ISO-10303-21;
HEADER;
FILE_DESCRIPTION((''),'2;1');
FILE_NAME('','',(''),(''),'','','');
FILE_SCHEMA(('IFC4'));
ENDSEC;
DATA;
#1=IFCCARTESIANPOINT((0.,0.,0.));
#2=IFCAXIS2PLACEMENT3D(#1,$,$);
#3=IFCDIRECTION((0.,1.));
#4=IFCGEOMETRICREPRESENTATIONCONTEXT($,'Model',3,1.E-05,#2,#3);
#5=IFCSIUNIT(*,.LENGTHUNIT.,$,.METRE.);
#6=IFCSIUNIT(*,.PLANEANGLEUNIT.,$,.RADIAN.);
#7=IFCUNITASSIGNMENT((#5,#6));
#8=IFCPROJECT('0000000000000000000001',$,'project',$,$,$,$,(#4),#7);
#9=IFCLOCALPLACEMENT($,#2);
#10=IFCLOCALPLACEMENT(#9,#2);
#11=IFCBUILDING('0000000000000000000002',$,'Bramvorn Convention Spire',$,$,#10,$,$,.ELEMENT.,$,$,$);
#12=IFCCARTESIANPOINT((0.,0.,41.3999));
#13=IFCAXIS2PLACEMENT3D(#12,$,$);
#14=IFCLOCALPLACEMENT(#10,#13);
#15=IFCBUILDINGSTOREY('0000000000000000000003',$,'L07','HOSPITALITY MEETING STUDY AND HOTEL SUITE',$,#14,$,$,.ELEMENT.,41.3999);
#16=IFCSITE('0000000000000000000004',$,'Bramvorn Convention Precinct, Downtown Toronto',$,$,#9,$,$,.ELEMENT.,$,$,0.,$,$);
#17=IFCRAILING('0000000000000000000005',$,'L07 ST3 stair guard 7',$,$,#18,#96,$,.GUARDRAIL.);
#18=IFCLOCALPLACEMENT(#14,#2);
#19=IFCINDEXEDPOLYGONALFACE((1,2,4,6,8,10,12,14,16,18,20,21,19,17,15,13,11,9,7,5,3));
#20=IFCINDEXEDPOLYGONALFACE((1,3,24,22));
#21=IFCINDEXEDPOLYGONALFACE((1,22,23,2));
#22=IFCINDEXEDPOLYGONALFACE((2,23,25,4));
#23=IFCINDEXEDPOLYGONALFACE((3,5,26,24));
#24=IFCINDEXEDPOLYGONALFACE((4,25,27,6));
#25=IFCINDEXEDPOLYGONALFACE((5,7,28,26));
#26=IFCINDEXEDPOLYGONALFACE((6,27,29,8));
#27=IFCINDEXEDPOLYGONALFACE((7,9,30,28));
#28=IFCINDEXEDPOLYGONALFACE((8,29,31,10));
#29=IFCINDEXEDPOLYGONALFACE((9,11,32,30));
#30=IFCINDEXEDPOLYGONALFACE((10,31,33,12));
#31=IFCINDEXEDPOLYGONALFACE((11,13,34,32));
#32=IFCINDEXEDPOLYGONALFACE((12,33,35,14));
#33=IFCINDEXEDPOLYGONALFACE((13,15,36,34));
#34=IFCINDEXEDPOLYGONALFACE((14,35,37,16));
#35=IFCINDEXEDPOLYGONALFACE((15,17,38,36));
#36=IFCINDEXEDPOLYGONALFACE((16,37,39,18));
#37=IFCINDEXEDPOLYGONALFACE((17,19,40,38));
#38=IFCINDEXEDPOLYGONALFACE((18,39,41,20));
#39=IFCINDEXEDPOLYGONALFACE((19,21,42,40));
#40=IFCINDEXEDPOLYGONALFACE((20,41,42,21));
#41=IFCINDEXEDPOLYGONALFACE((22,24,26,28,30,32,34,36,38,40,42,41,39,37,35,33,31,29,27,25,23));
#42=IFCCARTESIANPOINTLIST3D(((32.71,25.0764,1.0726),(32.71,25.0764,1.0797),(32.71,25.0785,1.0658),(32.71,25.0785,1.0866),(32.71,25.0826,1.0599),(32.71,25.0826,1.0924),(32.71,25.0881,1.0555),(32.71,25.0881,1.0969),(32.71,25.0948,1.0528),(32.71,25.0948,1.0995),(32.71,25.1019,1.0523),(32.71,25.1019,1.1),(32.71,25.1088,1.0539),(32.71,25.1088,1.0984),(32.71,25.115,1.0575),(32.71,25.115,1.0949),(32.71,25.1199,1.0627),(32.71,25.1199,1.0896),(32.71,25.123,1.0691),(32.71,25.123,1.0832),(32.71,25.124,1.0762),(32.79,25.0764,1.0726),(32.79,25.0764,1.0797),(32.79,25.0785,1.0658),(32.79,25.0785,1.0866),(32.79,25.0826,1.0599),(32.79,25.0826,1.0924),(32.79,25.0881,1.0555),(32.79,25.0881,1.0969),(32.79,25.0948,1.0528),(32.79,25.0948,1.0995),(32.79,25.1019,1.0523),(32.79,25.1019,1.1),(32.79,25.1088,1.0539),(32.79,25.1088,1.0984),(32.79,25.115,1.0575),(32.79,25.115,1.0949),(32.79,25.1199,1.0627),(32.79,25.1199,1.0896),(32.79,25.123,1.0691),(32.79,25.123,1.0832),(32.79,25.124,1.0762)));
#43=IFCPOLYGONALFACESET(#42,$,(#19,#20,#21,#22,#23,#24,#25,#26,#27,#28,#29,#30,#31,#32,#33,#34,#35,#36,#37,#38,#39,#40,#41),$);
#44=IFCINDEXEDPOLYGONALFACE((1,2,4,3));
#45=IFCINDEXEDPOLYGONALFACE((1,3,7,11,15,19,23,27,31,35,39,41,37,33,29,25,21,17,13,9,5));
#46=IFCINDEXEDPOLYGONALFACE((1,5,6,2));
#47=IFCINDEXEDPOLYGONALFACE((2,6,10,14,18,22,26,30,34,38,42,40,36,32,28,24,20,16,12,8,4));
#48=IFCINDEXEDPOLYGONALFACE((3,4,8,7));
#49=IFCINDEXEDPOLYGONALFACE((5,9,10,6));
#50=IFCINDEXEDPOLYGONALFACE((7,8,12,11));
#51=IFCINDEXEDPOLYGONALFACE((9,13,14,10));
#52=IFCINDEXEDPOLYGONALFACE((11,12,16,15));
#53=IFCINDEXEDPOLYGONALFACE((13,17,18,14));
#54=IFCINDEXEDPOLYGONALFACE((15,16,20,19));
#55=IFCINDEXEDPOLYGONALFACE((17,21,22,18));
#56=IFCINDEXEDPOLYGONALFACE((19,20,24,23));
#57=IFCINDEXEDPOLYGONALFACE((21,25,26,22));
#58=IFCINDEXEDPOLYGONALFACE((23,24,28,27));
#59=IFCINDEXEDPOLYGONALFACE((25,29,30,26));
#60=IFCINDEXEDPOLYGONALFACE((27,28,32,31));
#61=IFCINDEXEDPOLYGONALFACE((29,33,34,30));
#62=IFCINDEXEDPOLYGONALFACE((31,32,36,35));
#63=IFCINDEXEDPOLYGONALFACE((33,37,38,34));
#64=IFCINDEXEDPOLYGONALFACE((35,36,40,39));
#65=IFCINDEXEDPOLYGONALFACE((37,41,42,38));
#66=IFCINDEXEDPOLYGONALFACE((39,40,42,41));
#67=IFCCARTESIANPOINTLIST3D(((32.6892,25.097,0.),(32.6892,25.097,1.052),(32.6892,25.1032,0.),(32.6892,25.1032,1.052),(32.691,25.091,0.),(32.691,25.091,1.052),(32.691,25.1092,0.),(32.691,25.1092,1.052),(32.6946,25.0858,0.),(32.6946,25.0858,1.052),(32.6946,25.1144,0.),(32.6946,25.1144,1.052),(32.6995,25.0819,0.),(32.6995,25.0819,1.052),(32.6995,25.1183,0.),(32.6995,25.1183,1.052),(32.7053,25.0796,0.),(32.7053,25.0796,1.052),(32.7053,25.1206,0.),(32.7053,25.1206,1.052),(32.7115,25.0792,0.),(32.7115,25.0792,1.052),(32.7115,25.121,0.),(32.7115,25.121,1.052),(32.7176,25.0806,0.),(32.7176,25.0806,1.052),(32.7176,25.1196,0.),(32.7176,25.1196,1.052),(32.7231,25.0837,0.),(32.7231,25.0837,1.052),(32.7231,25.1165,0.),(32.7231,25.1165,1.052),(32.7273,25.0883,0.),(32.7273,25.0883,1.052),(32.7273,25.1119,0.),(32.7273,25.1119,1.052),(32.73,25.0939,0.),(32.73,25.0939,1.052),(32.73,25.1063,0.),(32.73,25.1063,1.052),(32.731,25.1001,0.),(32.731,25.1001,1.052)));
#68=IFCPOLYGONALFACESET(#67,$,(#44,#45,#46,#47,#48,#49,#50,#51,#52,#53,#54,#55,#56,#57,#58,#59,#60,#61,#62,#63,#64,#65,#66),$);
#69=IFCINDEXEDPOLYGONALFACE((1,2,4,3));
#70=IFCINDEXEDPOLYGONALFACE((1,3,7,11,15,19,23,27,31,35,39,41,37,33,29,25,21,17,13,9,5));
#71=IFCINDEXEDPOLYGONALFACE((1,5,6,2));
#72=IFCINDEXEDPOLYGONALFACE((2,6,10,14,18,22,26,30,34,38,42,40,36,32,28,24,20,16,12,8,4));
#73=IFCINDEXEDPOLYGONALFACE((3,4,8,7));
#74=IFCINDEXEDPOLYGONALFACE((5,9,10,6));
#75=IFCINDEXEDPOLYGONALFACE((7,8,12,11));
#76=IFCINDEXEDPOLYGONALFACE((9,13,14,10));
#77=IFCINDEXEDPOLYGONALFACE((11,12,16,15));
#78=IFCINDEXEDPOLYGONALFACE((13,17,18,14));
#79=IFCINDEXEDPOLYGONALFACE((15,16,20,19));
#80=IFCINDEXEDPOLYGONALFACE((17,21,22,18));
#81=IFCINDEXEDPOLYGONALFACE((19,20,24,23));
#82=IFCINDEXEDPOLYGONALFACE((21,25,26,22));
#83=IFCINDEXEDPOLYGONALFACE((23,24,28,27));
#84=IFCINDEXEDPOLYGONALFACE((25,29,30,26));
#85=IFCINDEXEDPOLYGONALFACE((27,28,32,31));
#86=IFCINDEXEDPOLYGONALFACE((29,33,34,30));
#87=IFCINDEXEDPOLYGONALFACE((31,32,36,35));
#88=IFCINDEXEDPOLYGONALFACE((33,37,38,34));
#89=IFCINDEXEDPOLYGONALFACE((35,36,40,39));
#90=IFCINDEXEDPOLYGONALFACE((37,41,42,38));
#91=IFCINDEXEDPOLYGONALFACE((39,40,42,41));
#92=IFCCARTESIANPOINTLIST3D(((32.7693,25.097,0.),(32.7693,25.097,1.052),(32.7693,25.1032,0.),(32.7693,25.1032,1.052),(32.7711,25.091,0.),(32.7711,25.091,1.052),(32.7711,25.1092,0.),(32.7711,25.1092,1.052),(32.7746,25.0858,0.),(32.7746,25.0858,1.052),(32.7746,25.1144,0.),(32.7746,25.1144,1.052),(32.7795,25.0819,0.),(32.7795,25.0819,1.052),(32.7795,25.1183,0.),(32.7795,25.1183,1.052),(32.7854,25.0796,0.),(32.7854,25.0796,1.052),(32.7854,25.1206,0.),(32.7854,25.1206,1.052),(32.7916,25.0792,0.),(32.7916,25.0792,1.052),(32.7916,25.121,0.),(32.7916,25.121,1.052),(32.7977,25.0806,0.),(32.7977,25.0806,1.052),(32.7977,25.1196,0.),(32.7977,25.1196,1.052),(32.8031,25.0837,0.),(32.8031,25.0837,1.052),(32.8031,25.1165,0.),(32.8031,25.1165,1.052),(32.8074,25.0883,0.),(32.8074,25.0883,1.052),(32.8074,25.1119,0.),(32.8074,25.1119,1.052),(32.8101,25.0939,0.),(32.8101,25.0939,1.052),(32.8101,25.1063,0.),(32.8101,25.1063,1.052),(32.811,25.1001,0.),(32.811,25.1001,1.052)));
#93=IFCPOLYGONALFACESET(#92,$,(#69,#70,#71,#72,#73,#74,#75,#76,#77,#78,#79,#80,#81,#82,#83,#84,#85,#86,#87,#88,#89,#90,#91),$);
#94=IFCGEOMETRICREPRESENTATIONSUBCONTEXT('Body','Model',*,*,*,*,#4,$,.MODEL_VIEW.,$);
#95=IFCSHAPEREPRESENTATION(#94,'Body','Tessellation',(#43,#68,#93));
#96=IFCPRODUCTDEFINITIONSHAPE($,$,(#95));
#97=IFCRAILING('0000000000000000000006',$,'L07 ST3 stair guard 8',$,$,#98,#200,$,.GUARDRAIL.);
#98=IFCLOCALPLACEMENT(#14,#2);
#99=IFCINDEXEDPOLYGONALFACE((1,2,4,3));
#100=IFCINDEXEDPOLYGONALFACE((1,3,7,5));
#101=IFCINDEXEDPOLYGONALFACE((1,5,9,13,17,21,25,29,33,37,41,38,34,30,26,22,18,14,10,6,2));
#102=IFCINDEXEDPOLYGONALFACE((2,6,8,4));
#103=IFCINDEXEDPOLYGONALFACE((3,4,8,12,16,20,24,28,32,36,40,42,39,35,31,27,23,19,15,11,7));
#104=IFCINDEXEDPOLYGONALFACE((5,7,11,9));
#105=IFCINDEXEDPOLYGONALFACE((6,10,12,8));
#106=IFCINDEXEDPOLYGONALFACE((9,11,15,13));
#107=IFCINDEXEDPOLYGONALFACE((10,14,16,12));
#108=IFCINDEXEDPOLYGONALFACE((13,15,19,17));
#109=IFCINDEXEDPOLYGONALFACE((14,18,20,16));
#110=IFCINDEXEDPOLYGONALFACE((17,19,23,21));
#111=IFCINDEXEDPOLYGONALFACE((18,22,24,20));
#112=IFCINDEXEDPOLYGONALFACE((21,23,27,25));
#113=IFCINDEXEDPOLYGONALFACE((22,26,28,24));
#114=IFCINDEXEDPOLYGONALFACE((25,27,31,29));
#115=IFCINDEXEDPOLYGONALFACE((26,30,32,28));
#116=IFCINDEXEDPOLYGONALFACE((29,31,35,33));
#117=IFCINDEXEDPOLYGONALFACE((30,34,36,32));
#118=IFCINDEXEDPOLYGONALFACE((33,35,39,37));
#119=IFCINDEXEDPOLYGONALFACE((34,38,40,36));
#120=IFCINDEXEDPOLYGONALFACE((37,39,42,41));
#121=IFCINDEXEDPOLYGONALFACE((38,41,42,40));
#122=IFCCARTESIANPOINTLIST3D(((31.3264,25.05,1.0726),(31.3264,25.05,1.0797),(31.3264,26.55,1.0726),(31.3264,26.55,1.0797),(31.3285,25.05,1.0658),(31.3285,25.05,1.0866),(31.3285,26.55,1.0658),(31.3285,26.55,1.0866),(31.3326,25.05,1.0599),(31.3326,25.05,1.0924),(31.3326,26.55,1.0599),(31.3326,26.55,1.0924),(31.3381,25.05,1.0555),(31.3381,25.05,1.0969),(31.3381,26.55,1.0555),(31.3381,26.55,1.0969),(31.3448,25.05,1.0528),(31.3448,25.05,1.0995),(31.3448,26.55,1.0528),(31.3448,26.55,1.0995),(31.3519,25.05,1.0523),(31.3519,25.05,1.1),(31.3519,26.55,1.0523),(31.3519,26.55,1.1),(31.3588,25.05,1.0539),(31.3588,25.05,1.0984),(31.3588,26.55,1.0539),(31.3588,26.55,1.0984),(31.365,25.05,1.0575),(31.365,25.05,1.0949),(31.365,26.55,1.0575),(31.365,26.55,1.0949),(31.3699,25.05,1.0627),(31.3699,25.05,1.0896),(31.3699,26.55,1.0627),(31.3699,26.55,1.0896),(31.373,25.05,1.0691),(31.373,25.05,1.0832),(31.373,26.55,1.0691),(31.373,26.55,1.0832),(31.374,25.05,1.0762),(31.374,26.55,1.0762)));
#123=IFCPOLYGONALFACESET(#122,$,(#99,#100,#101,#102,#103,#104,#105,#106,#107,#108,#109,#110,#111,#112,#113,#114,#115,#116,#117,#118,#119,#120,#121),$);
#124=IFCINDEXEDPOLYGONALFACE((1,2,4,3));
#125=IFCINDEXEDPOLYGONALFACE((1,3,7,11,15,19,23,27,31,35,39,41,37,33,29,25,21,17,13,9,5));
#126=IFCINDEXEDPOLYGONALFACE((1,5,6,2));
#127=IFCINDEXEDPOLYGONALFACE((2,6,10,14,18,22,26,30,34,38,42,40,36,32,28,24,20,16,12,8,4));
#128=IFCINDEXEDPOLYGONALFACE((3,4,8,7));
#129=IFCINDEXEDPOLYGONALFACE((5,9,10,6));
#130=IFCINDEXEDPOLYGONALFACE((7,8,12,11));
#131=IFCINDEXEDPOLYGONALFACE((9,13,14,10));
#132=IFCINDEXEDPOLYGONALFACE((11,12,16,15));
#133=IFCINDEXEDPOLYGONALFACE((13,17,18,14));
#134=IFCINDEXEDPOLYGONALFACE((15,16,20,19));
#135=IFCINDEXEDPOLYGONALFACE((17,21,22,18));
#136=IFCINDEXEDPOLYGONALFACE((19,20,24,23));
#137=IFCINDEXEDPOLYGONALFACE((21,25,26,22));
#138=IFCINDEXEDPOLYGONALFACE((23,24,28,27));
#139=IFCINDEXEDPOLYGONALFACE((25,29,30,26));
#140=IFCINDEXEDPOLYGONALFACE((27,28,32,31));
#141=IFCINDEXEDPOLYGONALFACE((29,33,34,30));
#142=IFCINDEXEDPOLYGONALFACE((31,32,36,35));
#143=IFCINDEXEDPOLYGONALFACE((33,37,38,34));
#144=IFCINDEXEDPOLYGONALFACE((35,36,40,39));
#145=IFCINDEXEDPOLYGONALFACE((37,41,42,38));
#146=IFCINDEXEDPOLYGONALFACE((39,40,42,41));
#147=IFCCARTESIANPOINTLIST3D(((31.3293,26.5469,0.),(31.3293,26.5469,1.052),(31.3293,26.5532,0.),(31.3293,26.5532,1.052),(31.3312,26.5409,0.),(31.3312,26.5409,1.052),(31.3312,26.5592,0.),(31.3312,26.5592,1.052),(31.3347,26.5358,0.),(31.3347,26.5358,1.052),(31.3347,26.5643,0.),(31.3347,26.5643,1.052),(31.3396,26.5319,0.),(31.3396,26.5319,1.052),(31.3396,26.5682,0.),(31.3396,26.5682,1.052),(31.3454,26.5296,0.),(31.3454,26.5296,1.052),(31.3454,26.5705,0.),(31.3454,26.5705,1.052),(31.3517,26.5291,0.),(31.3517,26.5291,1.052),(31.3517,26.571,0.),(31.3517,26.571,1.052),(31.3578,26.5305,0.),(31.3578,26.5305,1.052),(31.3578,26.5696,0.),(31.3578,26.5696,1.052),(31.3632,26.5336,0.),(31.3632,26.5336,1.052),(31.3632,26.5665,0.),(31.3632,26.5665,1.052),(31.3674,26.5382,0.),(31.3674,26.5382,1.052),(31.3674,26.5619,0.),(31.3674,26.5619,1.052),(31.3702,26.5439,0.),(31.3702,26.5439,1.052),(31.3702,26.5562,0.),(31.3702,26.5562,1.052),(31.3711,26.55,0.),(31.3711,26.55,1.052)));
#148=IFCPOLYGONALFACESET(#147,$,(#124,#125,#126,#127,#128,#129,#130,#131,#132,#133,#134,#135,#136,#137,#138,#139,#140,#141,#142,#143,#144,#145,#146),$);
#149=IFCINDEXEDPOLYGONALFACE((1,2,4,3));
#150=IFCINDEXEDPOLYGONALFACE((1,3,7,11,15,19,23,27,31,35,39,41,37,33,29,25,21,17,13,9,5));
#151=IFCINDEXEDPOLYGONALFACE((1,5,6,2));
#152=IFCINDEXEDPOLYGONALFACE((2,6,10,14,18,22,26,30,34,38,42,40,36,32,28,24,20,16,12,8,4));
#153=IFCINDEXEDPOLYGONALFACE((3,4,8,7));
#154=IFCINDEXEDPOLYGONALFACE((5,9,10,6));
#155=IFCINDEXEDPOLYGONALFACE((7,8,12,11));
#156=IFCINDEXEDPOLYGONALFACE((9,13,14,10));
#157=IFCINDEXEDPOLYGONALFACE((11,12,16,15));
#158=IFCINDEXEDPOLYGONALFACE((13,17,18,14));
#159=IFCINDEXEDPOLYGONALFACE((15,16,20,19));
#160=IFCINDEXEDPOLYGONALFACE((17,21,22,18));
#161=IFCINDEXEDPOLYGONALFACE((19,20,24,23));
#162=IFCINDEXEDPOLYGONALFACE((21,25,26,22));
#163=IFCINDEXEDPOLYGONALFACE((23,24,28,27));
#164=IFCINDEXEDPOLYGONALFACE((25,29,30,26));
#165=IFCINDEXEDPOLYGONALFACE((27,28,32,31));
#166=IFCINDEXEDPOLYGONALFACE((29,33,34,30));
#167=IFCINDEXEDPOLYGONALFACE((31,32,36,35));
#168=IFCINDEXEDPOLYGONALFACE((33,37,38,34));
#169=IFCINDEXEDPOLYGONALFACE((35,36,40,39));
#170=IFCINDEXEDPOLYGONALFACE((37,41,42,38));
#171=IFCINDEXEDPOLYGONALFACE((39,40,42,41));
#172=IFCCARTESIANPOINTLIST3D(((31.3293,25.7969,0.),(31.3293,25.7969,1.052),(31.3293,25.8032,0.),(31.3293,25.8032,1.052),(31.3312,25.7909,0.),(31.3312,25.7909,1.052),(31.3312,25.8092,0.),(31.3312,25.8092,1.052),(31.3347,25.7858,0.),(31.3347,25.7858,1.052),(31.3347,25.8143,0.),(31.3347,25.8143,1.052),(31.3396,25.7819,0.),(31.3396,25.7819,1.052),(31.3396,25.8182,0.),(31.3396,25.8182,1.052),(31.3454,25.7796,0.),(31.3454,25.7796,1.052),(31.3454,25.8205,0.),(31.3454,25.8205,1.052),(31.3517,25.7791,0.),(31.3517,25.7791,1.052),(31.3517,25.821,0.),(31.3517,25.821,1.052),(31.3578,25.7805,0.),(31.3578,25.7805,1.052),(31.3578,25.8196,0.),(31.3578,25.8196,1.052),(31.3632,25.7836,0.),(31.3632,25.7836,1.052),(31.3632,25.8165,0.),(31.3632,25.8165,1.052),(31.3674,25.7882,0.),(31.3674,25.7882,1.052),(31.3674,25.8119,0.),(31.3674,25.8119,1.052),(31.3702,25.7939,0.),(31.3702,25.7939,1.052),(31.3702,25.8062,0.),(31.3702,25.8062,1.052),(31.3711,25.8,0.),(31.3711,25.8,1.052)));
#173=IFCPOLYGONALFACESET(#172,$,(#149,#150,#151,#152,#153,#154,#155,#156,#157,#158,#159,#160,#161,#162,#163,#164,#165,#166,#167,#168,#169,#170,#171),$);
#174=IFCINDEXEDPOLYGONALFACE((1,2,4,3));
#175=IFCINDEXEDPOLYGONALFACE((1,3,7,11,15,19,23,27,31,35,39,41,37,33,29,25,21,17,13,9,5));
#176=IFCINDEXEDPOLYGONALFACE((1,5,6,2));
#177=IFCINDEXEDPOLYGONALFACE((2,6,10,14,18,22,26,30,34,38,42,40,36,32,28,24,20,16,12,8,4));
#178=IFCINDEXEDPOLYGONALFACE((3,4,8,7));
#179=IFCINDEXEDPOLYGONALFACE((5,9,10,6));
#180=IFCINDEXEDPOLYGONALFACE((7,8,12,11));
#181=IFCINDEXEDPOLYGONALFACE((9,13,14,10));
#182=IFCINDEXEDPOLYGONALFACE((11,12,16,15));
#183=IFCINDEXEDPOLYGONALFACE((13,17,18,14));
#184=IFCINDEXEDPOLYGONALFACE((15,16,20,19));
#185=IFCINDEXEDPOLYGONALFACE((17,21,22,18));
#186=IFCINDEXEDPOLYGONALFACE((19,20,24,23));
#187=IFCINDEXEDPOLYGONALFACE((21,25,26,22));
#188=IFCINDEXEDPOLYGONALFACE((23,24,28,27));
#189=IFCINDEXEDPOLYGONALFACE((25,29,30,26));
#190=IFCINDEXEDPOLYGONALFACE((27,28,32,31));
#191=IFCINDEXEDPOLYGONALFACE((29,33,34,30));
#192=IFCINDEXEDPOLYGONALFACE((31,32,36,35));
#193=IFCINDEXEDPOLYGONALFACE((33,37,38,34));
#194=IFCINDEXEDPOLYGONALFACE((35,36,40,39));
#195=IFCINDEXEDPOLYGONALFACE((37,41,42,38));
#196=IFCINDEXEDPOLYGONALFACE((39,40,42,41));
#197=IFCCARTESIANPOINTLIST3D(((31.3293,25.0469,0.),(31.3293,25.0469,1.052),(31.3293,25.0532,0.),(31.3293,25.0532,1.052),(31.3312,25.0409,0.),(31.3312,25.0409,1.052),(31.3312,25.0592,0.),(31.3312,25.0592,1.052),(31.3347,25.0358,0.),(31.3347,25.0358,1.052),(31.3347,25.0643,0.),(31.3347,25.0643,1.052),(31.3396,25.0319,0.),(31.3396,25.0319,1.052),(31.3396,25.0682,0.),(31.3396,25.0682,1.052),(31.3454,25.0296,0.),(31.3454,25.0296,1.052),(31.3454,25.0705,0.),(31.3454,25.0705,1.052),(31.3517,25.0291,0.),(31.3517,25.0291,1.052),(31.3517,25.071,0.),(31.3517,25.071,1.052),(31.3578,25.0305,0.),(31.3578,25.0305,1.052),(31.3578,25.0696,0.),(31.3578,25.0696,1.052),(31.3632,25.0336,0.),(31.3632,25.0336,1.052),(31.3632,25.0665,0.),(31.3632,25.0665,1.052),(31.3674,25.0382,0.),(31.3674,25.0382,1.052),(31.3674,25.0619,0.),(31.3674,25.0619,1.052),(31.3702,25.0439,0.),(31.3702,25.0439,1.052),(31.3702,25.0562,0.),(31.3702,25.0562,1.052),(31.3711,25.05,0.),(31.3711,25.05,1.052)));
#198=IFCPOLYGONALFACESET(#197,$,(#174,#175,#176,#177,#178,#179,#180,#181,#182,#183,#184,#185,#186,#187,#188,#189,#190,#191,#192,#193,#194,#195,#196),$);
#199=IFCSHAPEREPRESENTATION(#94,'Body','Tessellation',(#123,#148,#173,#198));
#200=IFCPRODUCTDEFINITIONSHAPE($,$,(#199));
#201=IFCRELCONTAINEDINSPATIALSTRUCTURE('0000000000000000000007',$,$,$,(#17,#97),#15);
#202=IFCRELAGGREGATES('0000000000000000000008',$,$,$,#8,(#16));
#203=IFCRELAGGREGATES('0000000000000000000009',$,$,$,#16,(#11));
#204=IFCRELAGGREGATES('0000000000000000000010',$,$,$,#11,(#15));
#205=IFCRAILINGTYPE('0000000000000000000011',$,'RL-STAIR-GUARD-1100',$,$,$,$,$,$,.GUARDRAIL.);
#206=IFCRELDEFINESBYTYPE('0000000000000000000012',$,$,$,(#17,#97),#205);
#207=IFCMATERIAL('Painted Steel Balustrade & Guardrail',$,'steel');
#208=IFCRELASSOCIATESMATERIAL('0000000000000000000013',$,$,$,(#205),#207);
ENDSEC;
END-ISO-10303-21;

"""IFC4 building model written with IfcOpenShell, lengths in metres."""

from ifc_helpers import new_model, si_unit, direction, frame, origin, origin_2d, place, context, subcontext, project, spatial, circle, extrude, material, type_object, element, save


model = new_model("IFC4")

# Units and contexts
model_context = context("Model", 3, precision=1e-05, world=origin(), true_north=direction((0.0, 1.0)))
body_context = subcontext(model_context, "Body", "Model", "MODEL_VIEW")
ifc_project = project(units=[si_unit("LENGTHUNIT", "METRE"), si_unit("PLANEANGLEUNIT", "RADIAN")], contexts=[model_context])

# Site, building, storey
site_placement = place(None, origin())
site = spatial("IfcSite", under=ifc_project, at=site_placement, Name="Bramvorn Convention Precinct, Downtown Toronto", CompositionType="ELEMENT", RefElevation=0.0)
building_placement = place(site_placement, origin())
building = spatial("IfcBuilding", under=site, at=building_placement, Name="Bramvorn Convention Spire", CompositionType="ELEMENT")
storey_placement = place(building_placement, frame((0.0, 0.0, 41.3999)))
storey = spatial("IfcBuildingStorey", under=building, at=storey_placement, Name="L07", Description="HOSPITALITY MEETING STUDY AND HOTEL SUITE", CompositionType="ELEMENT", Elevation=41.3999)

# Railings
ifc_material_1 = material(Name="Painted Steel Balustrade & Guardrail", Category="steel")
railing_type_1 = type_object("IfcRailingType", Name="RL-STAIR-GUARD-1100", PredefinedType="GUARDRAIL", material=ifc_material_1)
railing_1_placement = place(storey_placement, frame((32.71, 25.1001, 0.0)))
element("IfcRailing", 1, at=railing_1_placement, inside=storey, type_object=railing_type_1, Name="L07 ST3 stair guard 7", PredefinedType="GUARDRAIL", context=body_context, shape_type="SweptSolid", body=[
    extrude(circle(Radius=0.0239, at=origin_2d()), frame((0.0, 0.0, 1.0762), z_axis=(1.0, 0.0, 0.0), x_axis=(0.0, 1.0, 0.0)), (0.0, 0.0, 1.0), 0.0801),
    extrude(circle(Radius=0.021, at=origin_2d()), origin(), (0.0, 0.0, 1.0), 1.052),
    extrude(circle(Radius=0.021, at=origin_2d()), frame((0.0801, 0.0, 0.0)), (0.0, 0.0, 1.0), 1.052),
])
railing_2_placement = place(storey_placement, frame((31.3501, 26.55, 0.0)))
element("IfcRailing", 2, at=railing_2_placement, inside=storey, type_object=railing_type_1, Name="L07 ST3 stair guard 8", PredefinedType="GUARDRAIL", context=body_context, shape_type="SweptSolid", body=[
    extrude(circle(Radius=0.0239, at=origin_2d()), frame((0.0, 0.0, 1.0762), z_axis=(0.0, -1.0, 0.0), x_axis=(1.0, 0.0, 0.0)), (0.0, 0.0, 1.0), 1.5),
    extrude(circle(Radius=0.021, at=origin_2d()), origin(), (0.0, 0.0, 1.0), 1.052),
    extrude(circle(Radius=0.021, at=origin_2d()), frame((0.0, -0.75, 0.0)), (0.0, 0.0, 1.0), 1.052),
    extrude(circle(Radius=0.021, at=origin_2d()), frame((0.0, -1.5, 0.0)), (0.0, 0.0, 1.0), 1.052),
])

save(model, "model.ifc")
